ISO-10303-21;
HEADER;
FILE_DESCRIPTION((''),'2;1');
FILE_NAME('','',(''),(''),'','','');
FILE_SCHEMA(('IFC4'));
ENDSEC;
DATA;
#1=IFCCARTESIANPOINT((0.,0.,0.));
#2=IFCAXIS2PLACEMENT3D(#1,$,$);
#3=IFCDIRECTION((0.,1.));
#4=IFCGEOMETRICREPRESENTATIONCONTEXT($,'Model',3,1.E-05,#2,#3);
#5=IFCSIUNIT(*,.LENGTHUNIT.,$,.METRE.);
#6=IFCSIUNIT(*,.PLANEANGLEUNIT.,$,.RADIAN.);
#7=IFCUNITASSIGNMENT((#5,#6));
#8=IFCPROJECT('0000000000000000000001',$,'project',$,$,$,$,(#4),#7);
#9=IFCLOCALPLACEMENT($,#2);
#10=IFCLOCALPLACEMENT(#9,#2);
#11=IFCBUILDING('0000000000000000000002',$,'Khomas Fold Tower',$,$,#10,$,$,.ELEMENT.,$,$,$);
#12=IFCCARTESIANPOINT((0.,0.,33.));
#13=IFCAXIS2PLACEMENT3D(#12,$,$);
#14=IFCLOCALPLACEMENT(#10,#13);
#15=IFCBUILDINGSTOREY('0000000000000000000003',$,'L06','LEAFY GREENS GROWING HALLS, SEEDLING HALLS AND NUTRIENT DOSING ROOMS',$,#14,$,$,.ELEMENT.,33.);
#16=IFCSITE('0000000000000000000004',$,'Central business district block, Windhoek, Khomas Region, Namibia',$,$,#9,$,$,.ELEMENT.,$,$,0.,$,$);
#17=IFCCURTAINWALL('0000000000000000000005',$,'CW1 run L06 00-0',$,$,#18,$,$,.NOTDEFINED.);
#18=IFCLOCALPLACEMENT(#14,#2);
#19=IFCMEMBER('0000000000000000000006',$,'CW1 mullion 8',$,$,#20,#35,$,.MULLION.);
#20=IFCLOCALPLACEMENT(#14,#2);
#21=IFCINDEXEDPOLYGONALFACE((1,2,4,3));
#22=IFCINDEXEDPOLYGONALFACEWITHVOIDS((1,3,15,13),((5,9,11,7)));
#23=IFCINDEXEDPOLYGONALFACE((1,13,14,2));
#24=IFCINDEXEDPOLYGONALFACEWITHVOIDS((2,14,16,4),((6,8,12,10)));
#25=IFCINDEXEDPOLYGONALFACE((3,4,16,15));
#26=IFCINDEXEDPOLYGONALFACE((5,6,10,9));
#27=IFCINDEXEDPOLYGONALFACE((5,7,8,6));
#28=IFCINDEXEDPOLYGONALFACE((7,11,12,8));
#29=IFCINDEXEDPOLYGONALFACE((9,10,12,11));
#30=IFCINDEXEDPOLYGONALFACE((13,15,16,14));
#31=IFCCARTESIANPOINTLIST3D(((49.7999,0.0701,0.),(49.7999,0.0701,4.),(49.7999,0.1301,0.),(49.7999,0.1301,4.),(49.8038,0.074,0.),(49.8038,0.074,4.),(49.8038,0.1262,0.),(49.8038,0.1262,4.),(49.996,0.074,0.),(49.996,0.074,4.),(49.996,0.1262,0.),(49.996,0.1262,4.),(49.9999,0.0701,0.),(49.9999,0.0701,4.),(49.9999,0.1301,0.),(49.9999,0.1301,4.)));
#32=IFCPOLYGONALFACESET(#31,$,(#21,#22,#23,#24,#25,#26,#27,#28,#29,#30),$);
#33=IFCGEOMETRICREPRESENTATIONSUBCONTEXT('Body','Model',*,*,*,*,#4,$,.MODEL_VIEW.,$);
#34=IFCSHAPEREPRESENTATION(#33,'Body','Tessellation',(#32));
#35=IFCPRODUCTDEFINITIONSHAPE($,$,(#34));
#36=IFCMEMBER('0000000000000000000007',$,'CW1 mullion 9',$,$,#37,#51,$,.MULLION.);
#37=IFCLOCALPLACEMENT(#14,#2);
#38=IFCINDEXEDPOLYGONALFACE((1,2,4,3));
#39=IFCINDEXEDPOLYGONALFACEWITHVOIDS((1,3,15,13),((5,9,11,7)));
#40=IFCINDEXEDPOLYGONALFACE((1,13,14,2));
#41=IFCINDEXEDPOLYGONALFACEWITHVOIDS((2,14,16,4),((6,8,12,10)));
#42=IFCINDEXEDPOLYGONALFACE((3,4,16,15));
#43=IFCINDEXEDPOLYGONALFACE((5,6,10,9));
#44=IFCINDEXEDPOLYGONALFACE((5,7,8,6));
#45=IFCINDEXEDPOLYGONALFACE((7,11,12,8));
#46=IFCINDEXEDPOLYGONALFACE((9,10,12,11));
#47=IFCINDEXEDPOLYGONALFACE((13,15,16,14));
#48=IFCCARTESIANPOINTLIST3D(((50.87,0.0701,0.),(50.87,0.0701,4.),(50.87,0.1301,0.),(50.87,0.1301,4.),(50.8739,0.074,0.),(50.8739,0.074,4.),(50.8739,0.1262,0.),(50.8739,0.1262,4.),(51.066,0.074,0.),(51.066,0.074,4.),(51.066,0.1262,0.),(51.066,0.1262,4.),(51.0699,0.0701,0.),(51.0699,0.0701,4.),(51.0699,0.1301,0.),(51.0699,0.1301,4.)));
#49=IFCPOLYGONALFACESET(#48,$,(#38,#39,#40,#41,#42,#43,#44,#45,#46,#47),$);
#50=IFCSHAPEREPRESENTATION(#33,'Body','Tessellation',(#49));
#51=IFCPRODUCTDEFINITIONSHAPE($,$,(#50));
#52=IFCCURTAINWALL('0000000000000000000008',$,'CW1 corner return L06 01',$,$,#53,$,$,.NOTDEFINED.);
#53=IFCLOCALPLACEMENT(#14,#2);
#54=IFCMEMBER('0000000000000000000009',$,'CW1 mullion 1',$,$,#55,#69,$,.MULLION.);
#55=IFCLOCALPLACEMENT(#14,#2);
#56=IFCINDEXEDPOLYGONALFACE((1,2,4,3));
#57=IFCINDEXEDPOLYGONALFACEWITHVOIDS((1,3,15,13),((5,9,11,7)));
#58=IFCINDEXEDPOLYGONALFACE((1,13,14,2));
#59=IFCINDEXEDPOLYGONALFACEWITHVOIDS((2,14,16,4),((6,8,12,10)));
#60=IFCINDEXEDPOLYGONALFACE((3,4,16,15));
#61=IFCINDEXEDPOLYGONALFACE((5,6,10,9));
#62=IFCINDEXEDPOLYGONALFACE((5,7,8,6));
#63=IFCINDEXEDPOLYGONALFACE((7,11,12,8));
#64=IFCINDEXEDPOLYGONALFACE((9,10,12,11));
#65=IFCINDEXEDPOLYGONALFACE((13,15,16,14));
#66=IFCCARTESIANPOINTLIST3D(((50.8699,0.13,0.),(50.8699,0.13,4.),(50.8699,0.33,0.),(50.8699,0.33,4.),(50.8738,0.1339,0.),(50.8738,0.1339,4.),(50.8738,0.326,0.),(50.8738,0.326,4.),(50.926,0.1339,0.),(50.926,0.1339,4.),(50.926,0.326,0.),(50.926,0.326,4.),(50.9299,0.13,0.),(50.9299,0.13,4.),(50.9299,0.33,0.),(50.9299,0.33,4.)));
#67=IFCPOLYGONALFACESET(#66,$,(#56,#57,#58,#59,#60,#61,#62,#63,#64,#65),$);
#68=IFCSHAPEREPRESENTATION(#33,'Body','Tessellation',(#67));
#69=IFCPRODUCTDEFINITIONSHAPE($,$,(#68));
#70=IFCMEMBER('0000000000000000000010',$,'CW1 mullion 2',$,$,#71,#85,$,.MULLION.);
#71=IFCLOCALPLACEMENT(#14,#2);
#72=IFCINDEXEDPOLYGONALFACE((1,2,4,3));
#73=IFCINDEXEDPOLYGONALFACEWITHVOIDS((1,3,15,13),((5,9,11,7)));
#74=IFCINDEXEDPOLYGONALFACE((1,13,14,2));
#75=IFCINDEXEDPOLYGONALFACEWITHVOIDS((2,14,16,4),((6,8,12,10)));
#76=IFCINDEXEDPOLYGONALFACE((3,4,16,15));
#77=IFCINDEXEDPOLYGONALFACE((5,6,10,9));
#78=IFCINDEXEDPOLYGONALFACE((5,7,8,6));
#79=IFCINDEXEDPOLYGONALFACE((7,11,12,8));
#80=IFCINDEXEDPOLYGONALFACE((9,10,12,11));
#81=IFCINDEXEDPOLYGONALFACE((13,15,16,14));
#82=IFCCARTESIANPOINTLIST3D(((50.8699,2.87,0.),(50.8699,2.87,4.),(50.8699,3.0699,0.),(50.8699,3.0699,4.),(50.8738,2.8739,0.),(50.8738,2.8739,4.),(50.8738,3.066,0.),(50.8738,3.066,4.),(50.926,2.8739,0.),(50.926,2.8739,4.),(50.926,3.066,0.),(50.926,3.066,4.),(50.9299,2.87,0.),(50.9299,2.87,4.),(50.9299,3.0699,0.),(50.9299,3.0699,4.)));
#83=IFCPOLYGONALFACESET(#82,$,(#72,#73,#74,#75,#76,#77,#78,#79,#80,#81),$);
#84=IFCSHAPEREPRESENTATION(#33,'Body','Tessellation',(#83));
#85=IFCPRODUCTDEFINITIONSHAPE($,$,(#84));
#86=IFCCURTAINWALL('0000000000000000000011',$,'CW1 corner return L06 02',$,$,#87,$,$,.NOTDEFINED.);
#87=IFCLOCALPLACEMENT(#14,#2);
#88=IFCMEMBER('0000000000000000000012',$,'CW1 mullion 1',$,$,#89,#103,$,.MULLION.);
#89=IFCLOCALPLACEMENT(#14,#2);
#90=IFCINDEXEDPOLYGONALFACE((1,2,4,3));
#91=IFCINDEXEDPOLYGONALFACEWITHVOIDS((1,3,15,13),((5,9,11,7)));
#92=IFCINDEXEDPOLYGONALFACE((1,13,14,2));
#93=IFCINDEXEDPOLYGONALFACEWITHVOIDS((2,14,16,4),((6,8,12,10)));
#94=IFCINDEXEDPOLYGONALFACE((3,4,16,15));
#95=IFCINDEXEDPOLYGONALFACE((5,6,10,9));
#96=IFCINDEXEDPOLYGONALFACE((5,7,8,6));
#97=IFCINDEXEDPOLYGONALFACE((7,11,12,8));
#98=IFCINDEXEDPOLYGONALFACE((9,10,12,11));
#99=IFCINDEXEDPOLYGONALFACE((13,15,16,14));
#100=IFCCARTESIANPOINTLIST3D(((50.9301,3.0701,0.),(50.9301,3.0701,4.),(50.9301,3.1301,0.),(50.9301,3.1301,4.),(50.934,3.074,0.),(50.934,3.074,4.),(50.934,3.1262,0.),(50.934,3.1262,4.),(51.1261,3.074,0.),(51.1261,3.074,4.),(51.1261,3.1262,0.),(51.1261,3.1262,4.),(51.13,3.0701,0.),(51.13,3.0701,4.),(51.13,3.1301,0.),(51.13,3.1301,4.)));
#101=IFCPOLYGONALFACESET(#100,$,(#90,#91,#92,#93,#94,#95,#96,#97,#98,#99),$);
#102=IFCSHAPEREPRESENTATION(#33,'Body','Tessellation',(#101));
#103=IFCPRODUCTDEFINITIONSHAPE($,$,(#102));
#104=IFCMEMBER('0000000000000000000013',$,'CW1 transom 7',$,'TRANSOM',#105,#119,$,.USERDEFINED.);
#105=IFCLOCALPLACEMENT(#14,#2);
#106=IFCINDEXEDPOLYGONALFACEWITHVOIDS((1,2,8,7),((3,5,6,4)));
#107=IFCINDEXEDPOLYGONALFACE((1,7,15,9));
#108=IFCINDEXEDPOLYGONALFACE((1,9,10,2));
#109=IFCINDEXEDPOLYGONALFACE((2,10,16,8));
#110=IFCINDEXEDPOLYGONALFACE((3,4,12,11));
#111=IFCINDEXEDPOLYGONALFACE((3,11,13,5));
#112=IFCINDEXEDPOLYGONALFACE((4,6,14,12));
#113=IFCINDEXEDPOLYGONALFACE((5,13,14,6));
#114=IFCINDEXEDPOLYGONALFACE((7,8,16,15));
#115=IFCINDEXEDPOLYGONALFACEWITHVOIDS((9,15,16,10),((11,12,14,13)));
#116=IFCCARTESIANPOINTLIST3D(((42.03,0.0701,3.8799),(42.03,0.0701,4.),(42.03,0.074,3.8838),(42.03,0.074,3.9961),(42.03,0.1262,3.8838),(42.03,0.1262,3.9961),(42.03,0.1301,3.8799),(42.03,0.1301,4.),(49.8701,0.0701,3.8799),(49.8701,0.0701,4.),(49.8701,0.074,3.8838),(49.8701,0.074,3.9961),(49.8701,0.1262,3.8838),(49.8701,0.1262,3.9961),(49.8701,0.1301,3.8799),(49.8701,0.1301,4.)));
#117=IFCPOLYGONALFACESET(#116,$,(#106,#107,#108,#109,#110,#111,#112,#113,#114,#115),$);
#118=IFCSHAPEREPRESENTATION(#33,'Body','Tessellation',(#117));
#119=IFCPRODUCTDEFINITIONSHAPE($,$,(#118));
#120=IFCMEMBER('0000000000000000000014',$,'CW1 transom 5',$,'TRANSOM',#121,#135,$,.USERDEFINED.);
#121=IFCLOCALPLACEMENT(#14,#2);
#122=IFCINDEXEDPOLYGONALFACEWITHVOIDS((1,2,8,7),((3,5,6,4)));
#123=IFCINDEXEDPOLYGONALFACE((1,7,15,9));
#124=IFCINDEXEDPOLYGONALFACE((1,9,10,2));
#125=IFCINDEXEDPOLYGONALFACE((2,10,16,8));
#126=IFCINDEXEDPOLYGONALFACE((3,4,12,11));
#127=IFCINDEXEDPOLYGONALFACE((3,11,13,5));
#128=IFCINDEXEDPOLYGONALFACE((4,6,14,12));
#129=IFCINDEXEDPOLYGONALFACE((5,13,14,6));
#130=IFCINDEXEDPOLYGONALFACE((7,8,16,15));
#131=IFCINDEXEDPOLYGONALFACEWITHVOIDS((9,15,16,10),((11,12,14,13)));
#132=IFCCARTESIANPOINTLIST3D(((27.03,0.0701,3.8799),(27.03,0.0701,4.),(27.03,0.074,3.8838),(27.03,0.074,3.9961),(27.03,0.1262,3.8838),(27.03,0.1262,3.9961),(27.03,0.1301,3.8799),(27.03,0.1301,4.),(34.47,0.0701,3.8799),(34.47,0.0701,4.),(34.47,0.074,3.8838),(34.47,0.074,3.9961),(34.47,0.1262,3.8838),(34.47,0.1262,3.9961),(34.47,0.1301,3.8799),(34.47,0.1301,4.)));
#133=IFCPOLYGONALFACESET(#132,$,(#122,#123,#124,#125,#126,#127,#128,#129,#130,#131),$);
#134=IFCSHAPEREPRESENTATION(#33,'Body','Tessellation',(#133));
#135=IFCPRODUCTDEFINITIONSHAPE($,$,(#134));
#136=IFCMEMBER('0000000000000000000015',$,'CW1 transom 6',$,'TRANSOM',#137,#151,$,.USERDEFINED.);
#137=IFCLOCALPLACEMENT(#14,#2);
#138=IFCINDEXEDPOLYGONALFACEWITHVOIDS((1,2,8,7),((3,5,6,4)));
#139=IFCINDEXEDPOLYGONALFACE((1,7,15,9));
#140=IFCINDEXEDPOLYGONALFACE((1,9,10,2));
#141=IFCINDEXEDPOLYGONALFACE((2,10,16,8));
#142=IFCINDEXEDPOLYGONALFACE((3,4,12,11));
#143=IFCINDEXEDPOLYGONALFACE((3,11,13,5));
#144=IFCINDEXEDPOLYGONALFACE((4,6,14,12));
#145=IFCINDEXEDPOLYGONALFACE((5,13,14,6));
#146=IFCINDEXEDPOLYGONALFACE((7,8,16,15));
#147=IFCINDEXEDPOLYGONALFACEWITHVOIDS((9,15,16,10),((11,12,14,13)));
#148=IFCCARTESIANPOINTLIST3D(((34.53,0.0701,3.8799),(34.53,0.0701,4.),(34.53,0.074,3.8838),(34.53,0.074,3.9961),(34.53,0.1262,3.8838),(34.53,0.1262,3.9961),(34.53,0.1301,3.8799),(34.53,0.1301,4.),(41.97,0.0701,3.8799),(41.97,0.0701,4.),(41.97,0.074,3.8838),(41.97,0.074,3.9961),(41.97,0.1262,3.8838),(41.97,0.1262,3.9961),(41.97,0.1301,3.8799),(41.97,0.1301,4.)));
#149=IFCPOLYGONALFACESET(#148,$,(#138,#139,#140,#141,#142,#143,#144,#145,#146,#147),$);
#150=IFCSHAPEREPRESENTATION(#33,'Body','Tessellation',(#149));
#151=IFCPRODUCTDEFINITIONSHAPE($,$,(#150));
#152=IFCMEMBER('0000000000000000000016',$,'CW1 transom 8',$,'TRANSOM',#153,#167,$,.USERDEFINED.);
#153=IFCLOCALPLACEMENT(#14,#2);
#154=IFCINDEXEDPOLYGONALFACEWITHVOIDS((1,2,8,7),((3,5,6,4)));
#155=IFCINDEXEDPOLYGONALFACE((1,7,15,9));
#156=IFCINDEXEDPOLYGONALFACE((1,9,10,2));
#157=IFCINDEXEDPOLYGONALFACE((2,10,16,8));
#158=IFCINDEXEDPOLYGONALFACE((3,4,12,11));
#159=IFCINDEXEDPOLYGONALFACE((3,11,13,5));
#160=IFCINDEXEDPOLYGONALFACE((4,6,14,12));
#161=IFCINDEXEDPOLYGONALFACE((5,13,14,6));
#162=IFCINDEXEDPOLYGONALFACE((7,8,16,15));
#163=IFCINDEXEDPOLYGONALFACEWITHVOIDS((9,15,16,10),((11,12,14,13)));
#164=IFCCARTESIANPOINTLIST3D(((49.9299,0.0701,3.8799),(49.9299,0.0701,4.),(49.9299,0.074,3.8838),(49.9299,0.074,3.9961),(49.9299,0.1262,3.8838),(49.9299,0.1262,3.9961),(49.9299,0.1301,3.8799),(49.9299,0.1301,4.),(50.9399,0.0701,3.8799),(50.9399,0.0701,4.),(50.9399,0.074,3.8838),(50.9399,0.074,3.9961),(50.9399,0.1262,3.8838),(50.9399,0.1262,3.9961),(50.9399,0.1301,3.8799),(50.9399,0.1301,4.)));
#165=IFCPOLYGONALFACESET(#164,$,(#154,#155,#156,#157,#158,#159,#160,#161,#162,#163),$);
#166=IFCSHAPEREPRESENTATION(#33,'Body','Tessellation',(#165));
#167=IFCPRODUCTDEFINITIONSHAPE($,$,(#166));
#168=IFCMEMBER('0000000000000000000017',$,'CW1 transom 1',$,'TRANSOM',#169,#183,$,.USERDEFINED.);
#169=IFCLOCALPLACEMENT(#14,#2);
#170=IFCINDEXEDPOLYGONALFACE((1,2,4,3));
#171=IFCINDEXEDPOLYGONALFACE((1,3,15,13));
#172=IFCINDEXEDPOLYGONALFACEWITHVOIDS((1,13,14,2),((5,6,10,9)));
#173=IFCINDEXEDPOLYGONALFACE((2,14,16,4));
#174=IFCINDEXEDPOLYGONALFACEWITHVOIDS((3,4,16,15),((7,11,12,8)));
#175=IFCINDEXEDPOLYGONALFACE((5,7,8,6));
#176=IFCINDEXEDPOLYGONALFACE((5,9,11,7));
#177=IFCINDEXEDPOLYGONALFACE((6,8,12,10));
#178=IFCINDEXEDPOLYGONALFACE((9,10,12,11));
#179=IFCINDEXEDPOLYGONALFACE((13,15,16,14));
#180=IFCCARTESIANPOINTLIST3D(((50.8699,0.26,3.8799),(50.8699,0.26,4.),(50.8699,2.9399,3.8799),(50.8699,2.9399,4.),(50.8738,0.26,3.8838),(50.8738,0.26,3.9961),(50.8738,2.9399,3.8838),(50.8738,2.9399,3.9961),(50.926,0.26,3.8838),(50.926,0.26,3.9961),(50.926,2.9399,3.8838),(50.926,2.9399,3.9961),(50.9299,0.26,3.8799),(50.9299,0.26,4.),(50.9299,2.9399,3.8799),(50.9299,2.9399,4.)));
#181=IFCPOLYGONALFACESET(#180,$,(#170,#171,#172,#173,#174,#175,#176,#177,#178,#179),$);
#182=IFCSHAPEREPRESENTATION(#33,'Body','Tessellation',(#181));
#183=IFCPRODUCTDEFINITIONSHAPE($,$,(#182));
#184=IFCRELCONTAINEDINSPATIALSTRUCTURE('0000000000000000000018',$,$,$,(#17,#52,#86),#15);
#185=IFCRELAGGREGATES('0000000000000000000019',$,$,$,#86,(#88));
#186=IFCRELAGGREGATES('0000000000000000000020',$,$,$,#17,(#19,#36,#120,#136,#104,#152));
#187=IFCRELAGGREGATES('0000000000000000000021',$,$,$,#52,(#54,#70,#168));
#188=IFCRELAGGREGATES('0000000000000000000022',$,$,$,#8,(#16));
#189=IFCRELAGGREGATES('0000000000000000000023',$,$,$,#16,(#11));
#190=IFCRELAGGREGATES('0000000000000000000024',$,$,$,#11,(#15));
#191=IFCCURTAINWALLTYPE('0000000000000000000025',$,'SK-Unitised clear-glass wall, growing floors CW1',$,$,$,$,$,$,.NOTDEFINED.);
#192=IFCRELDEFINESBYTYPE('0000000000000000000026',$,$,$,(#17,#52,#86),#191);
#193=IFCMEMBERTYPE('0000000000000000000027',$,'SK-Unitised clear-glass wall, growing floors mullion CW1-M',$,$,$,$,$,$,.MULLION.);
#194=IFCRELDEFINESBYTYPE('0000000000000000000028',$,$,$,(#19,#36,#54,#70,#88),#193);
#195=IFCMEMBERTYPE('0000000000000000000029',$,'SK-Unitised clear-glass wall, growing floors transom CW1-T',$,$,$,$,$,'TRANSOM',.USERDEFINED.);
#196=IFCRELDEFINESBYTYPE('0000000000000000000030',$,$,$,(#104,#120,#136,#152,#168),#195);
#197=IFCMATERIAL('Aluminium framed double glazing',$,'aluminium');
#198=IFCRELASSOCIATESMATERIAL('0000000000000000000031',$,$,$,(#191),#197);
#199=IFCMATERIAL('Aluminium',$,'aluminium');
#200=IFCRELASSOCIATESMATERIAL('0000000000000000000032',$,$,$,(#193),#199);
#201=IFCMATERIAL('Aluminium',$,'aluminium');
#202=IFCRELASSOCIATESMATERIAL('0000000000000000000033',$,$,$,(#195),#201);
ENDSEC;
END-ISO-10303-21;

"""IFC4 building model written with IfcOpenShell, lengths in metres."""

from ifc_helpers import new_model, si_unit, direction, frame, origin, origin_2d, place, context, subcontext, project, spatial, hollow_rectangle, extrude, source, transform, mapped, material, material_profile, profile_set, type_object, element, aggregate, save


model = new_model("IFC4")

# Units and contexts
model_context = context("Model", 3, precision=1e-05, world=origin(), true_north=direction((0.0, 1.0)))
body_context = subcontext(model_context, "Body", "Model", "MODEL_VIEW")
ifc_project = project(units=[si_unit("LENGTHUNIT", "METRE"), si_unit("PLANEANGLEUNIT", "RADIAN")], contexts=[model_context])

# Site, building, storey
site_placement = place(None, origin())
site = spatial("IfcSite", under=ifc_project, at=site_placement, Name="Central business district block, Windhoek, Khomas Region, Namibia", CompositionType="ELEMENT", RefElevation=0.0)
building_placement = place(site_placement, origin())
building = spatial("IfcBuilding", under=site, at=building_placement, Name="Khomas Fold Tower", CompositionType="ELEMENT")
storey_placement = place(building_placement, frame((0.0, 0.0, 33.0)))
storey = spatial("IfcBuildingStorey", under=building, at=storey_placement, Name="L06", Description="LEAFY GREENS GROWING HALLS, SEEDLING HALLS AND NUTRIENT DOSING ROOMS", CompositionType="ELEMENT", Elevation=33.0)

# Curtain walls, members
ifc_material_1 = material(Name="Aluminium framed double glazing", Category="aluminium")
curtain_wall_type = type_object("IfcCurtainWallType", Name="SK-Unitised clear-glass wall, growing floors CW1", PredefinedType="NOTDEFINED", material=ifc_material_1)
curtain_wall_1_placement = place(storey_placement, origin())
curtain_wall_1 = element("IfcCurtainWall", 1, at=curtain_wall_1_placement, inside=storey, type_object=curtain_wall_type, Name="CW1 run L06 00-0", PredefinedType="NOTDEFINED")
ifc_material_2 = material(Name="Aluminium", Category="aluminium")
ifc_material_profile_1 = material_profile(ifc_material_2, hollow_rectangle(XDim=0.0601, YDim=0.2, WallThickness=0.0039, at=origin_2d()), Name="SK-Unitised clear-glass wall, growing floors mullion CW1-M")
ifc_profile_set_1 = profile_set([ifc_material_profile_1], Name="Aluminium")
member_type_1 = type_object("IfcMemberType", Name="SK-Unitised clear-glass wall, growing floors mullion CW1-M", PredefinedType="MULLION", material=ifc_profile_set_1)
shared_shape_1 = source(origin(), body_context, "Body", "SweptSolid", [
    extrude(hollow_rectangle(XDim=0.0601, YDim=0.2, WallThickness=0.0039, at=origin_2d()), origin(), (0.0, 0.0, 1.0), 4.0),
])
member_1_placement = place(storey_placement, frame((49.8999, 0.1001, 0.0), z_axis=(0.0, 0.0, 1.0), x_axis=(0.0, 1.0, 0.0)))
member_1 = element("IfcMember", 2, at=member_1_placement, type_object=member_type_1, Name="CW1 mullion 8", PredefinedType="MULLION", context=body_context, shape_type="MappedRepresentation", body=[
    mapped(shared_shape_1, transform((0.0, 0.0, 0.0))),
])
member_2_placement = place(storey_placement, frame((50.97, 0.1001, 0.0), z_axis=(0.0, 0.0, 1.0), x_axis=(0.0, 1.0, 0.0)))
member_2 = element("IfcMember", 3, at=member_2_placement, type_object=member_type_1, Name="CW1 mullion 9", PredefinedType="MULLION", context=body_context, shape_type="MappedRepresentation", body=[
    mapped(shared_shape_1, transform((0.0, 0.0, 0.0))),
])
curtain_wall_2_placement = place(storey_placement, origin())
curtain_wall_2 = element("IfcCurtainWall", 4, at=curtain_wall_2_placement, inside=storey, type_object=curtain_wall_type, Name="CW1 corner return L06 01", PredefinedType="NOTDEFINED")
member_3_placement = place(storey_placement, frame((50.8999, 0.23, 0.0), z_axis=(0.0, 0.0, 1.0), x_axis=(-1.0, 0.0, 0.0)))
member_3 = element("IfcMember", 5, at=member_3_placement, type_object=member_type_1, Name="CW1 mullion 1", PredefinedType="MULLION", context=body_context, shape_type="MappedRepresentation", body=[
    mapped(shared_shape_1, transform((0.0, 0.0, 0.0))),
])
member_4_placement = place(storey_placement, frame((50.8999, 2.97, 0.0), z_axis=(0.0, 0.0, 1.0), x_axis=(-1.0, 0.0, 0.0)))
member_4 = element("IfcMember", 6, at=member_4_placement, type_object=member_type_1, Name="CW1 mullion 2", PredefinedType="MULLION", context=body_context, shape_type="MappedRepresentation", body=[
    mapped(shared_shape_1, transform((0.0, 0.0, 0.0))),
])

# Curtain wall, member
curtain_wall_3_placement = place(storey_placement, origin())
curtain_wall_3 = element("IfcCurtainWall", 7, at=curtain_wall_3_placement, inside=storey, type_object=curtain_wall_type, Name="CW1 corner return L06 02", PredefinedType="NOTDEFINED")
member_5_placement = place(storey_placement, frame((51.03, 3.1001, 0.0), z_axis=(0.0, 0.0, 1.0), x_axis=(0.0, 1.0, 0.0)))
member_5 = element("IfcMember", 8, at=member_5_placement, type_object=member_type_1, Name="CW1 mullion 1", PredefinedType="MULLION", context=body_context, shape_type="MappedRepresentation", body=[
    mapped(shared_shape_1, transform((0.0, 0.0, 0.0))),
])

# Members
ifc_material_3 = material(Name="Aluminium", Category="aluminium")
ifc_material_profile_2 = material_profile(ifc_material_3, hollow_rectangle(XDim=0.0601, YDim=0.1201, WallThickness=0.0039, at=origin_2d()), Name="SK-Unitised clear-glass wall, growing floors transom CW1-T")
ifc_profile_set_2 = profile_set([ifc_material_profile_2], Name="Aluminium")
member_type_2 = type_object("IfcMemberType", Name="SK-Unitised clear-glass wall, growing floors transom CW1-T", ElementType="TRANSOM", PredefinedType="USERDEFINED", material=ifc_profile_set_2)
shared_shape_2 = source(origin(), body_context, "Body", "SweptSolid", [
    extrude(hollow_rectangle(XDim=0.0601, YDim=0.1201, WallThickness=0.0039, at=origin_2d()), origin(), (0.0, 0.0, 1.0), 7.8401),
])
member_6_placement = place(storey_placement, frame((42.03, 0.1001, 3.9399), z_axis=(1.0, 0.0, 0.0), x_axis=(0.0, 1.0, 0.0)))
member_6 = element("IfcMember", 9, at=member_6_placement, type_object=member_type_2, Name="CW1 transom 7", ObjectType="TRANSOM", PredefinedType="USERDEFINED", context=body_context, shape_type="MappedRepresentation", body=[
    mapped(shared_shape_2, transform((0.0, 0.0, 0.0))),
])
shared_shape_3 = source(origin(), body_context, "Body", "SweptSolid", [
    extrude(hollow_rectangle(XDim=0.0601, YDim=0.1201, WallThickness=0.0039, at=origin_2d()), origin(), (0.0, 0.0, 1.0), 7.4399),
])
member_7_placement = place(storey_placement, frame((27.03, 0.1001, 3.9399), z_axis=(1.0, 0.0, 0.0), x_axis=(0.0, 1.0, 0.0)))
member_7 = element("IfcMember", 10, at=member_7_placement, type_object=member_type_2, Name="CW1 transom 5", ObjectType="TRANSOM", PredefinedType="USERDEFINED", context=body_context, shape_type="MappedRepresentation", body=[
    mapped(shared_shape_3, transform((0.0, 0.0, 0.0))),
])
member_8_placement = place(storey_placement, frame((34.53, 0.1001, 3.9399), z_axis=(1.0, 0.0, 0.0), x_axis=(0.0, 1.0, 0.0)))
member_8 = element("IfcMember", 11, at=member_8_placement, type_object=member_type_2, Name="CW1 transom 6", ObjectType="TRANSOM", PredefinedType="USERDEFINED", context=body_context, shape_type="MappedRepresentation", body=[
    mapped(shared_shape_3, transform((0.0, 0.0, 0.0))),
])
shared_shape_4 = source(origin(), body_context, "Body", "SweptSolid", [
    extrude(hollow_rectangle(XDim=0.0601, YDim=0.1201, WallThickness=0.0039, at=origin_2d()), origin(), (0.0, 0.0, 1.0), 1.01),
])
member_9_placement = place(storey_placement, frame((49.9299, 0.1001, 3.9399), z_axis=(1.0, 0.0, 0.0), x_axis=(0.0, 1.0, 0.0)))
member_9 = element("IfcMember", 12, at=member_9_placement, type_object=member_type_2, Name="CW1 transom 8", ObjectType="TRANSOM", PredefinedType="USERDEFINED", context=body_context, shape_type="MappedRepresentation", body=[
    mapped(shared_shape_4, transform((0.0, 0.0, 0.0))),
])
shared_shape_5 = source(origin(), body_context, "Body", "SweptSolid", [
    extrude(hollow_rectangle(XDim=0.0601, YDim=0.1201, WallThickness=0.0039, at=origin_2d()), origin(), (0.0, 0.0, 1.0), 2.6799),
])
member_10_placement = place(storey_placement, frame((50.8999, 0.26, 3.9399), z_axis=(0.0, 1.0, 0.0), x_axis=(-1.0, 0.0, 0.0)))
member_10 = element("IfcMember", 13, at=member_10_placement, type_object=member_type_2, Name="CW1 transom 1", ObjectType="TRANSOM", PredefinedType="USERDEFINED", context=body_context, shape_type="MappedRepresentation", body=[
    mapped(shared_shape_5, transform((0.0, 0.0, 0.0))),
])
aggregate(curtain_wall_3, [member_5])

aggregate(curtain_wall_1, [member_1, member_2, member_7, member_8, member_6, member_9])
aggregate(curtain_wall_2, [member_3, member_4, member_10])

save(model, "model.ifc")
